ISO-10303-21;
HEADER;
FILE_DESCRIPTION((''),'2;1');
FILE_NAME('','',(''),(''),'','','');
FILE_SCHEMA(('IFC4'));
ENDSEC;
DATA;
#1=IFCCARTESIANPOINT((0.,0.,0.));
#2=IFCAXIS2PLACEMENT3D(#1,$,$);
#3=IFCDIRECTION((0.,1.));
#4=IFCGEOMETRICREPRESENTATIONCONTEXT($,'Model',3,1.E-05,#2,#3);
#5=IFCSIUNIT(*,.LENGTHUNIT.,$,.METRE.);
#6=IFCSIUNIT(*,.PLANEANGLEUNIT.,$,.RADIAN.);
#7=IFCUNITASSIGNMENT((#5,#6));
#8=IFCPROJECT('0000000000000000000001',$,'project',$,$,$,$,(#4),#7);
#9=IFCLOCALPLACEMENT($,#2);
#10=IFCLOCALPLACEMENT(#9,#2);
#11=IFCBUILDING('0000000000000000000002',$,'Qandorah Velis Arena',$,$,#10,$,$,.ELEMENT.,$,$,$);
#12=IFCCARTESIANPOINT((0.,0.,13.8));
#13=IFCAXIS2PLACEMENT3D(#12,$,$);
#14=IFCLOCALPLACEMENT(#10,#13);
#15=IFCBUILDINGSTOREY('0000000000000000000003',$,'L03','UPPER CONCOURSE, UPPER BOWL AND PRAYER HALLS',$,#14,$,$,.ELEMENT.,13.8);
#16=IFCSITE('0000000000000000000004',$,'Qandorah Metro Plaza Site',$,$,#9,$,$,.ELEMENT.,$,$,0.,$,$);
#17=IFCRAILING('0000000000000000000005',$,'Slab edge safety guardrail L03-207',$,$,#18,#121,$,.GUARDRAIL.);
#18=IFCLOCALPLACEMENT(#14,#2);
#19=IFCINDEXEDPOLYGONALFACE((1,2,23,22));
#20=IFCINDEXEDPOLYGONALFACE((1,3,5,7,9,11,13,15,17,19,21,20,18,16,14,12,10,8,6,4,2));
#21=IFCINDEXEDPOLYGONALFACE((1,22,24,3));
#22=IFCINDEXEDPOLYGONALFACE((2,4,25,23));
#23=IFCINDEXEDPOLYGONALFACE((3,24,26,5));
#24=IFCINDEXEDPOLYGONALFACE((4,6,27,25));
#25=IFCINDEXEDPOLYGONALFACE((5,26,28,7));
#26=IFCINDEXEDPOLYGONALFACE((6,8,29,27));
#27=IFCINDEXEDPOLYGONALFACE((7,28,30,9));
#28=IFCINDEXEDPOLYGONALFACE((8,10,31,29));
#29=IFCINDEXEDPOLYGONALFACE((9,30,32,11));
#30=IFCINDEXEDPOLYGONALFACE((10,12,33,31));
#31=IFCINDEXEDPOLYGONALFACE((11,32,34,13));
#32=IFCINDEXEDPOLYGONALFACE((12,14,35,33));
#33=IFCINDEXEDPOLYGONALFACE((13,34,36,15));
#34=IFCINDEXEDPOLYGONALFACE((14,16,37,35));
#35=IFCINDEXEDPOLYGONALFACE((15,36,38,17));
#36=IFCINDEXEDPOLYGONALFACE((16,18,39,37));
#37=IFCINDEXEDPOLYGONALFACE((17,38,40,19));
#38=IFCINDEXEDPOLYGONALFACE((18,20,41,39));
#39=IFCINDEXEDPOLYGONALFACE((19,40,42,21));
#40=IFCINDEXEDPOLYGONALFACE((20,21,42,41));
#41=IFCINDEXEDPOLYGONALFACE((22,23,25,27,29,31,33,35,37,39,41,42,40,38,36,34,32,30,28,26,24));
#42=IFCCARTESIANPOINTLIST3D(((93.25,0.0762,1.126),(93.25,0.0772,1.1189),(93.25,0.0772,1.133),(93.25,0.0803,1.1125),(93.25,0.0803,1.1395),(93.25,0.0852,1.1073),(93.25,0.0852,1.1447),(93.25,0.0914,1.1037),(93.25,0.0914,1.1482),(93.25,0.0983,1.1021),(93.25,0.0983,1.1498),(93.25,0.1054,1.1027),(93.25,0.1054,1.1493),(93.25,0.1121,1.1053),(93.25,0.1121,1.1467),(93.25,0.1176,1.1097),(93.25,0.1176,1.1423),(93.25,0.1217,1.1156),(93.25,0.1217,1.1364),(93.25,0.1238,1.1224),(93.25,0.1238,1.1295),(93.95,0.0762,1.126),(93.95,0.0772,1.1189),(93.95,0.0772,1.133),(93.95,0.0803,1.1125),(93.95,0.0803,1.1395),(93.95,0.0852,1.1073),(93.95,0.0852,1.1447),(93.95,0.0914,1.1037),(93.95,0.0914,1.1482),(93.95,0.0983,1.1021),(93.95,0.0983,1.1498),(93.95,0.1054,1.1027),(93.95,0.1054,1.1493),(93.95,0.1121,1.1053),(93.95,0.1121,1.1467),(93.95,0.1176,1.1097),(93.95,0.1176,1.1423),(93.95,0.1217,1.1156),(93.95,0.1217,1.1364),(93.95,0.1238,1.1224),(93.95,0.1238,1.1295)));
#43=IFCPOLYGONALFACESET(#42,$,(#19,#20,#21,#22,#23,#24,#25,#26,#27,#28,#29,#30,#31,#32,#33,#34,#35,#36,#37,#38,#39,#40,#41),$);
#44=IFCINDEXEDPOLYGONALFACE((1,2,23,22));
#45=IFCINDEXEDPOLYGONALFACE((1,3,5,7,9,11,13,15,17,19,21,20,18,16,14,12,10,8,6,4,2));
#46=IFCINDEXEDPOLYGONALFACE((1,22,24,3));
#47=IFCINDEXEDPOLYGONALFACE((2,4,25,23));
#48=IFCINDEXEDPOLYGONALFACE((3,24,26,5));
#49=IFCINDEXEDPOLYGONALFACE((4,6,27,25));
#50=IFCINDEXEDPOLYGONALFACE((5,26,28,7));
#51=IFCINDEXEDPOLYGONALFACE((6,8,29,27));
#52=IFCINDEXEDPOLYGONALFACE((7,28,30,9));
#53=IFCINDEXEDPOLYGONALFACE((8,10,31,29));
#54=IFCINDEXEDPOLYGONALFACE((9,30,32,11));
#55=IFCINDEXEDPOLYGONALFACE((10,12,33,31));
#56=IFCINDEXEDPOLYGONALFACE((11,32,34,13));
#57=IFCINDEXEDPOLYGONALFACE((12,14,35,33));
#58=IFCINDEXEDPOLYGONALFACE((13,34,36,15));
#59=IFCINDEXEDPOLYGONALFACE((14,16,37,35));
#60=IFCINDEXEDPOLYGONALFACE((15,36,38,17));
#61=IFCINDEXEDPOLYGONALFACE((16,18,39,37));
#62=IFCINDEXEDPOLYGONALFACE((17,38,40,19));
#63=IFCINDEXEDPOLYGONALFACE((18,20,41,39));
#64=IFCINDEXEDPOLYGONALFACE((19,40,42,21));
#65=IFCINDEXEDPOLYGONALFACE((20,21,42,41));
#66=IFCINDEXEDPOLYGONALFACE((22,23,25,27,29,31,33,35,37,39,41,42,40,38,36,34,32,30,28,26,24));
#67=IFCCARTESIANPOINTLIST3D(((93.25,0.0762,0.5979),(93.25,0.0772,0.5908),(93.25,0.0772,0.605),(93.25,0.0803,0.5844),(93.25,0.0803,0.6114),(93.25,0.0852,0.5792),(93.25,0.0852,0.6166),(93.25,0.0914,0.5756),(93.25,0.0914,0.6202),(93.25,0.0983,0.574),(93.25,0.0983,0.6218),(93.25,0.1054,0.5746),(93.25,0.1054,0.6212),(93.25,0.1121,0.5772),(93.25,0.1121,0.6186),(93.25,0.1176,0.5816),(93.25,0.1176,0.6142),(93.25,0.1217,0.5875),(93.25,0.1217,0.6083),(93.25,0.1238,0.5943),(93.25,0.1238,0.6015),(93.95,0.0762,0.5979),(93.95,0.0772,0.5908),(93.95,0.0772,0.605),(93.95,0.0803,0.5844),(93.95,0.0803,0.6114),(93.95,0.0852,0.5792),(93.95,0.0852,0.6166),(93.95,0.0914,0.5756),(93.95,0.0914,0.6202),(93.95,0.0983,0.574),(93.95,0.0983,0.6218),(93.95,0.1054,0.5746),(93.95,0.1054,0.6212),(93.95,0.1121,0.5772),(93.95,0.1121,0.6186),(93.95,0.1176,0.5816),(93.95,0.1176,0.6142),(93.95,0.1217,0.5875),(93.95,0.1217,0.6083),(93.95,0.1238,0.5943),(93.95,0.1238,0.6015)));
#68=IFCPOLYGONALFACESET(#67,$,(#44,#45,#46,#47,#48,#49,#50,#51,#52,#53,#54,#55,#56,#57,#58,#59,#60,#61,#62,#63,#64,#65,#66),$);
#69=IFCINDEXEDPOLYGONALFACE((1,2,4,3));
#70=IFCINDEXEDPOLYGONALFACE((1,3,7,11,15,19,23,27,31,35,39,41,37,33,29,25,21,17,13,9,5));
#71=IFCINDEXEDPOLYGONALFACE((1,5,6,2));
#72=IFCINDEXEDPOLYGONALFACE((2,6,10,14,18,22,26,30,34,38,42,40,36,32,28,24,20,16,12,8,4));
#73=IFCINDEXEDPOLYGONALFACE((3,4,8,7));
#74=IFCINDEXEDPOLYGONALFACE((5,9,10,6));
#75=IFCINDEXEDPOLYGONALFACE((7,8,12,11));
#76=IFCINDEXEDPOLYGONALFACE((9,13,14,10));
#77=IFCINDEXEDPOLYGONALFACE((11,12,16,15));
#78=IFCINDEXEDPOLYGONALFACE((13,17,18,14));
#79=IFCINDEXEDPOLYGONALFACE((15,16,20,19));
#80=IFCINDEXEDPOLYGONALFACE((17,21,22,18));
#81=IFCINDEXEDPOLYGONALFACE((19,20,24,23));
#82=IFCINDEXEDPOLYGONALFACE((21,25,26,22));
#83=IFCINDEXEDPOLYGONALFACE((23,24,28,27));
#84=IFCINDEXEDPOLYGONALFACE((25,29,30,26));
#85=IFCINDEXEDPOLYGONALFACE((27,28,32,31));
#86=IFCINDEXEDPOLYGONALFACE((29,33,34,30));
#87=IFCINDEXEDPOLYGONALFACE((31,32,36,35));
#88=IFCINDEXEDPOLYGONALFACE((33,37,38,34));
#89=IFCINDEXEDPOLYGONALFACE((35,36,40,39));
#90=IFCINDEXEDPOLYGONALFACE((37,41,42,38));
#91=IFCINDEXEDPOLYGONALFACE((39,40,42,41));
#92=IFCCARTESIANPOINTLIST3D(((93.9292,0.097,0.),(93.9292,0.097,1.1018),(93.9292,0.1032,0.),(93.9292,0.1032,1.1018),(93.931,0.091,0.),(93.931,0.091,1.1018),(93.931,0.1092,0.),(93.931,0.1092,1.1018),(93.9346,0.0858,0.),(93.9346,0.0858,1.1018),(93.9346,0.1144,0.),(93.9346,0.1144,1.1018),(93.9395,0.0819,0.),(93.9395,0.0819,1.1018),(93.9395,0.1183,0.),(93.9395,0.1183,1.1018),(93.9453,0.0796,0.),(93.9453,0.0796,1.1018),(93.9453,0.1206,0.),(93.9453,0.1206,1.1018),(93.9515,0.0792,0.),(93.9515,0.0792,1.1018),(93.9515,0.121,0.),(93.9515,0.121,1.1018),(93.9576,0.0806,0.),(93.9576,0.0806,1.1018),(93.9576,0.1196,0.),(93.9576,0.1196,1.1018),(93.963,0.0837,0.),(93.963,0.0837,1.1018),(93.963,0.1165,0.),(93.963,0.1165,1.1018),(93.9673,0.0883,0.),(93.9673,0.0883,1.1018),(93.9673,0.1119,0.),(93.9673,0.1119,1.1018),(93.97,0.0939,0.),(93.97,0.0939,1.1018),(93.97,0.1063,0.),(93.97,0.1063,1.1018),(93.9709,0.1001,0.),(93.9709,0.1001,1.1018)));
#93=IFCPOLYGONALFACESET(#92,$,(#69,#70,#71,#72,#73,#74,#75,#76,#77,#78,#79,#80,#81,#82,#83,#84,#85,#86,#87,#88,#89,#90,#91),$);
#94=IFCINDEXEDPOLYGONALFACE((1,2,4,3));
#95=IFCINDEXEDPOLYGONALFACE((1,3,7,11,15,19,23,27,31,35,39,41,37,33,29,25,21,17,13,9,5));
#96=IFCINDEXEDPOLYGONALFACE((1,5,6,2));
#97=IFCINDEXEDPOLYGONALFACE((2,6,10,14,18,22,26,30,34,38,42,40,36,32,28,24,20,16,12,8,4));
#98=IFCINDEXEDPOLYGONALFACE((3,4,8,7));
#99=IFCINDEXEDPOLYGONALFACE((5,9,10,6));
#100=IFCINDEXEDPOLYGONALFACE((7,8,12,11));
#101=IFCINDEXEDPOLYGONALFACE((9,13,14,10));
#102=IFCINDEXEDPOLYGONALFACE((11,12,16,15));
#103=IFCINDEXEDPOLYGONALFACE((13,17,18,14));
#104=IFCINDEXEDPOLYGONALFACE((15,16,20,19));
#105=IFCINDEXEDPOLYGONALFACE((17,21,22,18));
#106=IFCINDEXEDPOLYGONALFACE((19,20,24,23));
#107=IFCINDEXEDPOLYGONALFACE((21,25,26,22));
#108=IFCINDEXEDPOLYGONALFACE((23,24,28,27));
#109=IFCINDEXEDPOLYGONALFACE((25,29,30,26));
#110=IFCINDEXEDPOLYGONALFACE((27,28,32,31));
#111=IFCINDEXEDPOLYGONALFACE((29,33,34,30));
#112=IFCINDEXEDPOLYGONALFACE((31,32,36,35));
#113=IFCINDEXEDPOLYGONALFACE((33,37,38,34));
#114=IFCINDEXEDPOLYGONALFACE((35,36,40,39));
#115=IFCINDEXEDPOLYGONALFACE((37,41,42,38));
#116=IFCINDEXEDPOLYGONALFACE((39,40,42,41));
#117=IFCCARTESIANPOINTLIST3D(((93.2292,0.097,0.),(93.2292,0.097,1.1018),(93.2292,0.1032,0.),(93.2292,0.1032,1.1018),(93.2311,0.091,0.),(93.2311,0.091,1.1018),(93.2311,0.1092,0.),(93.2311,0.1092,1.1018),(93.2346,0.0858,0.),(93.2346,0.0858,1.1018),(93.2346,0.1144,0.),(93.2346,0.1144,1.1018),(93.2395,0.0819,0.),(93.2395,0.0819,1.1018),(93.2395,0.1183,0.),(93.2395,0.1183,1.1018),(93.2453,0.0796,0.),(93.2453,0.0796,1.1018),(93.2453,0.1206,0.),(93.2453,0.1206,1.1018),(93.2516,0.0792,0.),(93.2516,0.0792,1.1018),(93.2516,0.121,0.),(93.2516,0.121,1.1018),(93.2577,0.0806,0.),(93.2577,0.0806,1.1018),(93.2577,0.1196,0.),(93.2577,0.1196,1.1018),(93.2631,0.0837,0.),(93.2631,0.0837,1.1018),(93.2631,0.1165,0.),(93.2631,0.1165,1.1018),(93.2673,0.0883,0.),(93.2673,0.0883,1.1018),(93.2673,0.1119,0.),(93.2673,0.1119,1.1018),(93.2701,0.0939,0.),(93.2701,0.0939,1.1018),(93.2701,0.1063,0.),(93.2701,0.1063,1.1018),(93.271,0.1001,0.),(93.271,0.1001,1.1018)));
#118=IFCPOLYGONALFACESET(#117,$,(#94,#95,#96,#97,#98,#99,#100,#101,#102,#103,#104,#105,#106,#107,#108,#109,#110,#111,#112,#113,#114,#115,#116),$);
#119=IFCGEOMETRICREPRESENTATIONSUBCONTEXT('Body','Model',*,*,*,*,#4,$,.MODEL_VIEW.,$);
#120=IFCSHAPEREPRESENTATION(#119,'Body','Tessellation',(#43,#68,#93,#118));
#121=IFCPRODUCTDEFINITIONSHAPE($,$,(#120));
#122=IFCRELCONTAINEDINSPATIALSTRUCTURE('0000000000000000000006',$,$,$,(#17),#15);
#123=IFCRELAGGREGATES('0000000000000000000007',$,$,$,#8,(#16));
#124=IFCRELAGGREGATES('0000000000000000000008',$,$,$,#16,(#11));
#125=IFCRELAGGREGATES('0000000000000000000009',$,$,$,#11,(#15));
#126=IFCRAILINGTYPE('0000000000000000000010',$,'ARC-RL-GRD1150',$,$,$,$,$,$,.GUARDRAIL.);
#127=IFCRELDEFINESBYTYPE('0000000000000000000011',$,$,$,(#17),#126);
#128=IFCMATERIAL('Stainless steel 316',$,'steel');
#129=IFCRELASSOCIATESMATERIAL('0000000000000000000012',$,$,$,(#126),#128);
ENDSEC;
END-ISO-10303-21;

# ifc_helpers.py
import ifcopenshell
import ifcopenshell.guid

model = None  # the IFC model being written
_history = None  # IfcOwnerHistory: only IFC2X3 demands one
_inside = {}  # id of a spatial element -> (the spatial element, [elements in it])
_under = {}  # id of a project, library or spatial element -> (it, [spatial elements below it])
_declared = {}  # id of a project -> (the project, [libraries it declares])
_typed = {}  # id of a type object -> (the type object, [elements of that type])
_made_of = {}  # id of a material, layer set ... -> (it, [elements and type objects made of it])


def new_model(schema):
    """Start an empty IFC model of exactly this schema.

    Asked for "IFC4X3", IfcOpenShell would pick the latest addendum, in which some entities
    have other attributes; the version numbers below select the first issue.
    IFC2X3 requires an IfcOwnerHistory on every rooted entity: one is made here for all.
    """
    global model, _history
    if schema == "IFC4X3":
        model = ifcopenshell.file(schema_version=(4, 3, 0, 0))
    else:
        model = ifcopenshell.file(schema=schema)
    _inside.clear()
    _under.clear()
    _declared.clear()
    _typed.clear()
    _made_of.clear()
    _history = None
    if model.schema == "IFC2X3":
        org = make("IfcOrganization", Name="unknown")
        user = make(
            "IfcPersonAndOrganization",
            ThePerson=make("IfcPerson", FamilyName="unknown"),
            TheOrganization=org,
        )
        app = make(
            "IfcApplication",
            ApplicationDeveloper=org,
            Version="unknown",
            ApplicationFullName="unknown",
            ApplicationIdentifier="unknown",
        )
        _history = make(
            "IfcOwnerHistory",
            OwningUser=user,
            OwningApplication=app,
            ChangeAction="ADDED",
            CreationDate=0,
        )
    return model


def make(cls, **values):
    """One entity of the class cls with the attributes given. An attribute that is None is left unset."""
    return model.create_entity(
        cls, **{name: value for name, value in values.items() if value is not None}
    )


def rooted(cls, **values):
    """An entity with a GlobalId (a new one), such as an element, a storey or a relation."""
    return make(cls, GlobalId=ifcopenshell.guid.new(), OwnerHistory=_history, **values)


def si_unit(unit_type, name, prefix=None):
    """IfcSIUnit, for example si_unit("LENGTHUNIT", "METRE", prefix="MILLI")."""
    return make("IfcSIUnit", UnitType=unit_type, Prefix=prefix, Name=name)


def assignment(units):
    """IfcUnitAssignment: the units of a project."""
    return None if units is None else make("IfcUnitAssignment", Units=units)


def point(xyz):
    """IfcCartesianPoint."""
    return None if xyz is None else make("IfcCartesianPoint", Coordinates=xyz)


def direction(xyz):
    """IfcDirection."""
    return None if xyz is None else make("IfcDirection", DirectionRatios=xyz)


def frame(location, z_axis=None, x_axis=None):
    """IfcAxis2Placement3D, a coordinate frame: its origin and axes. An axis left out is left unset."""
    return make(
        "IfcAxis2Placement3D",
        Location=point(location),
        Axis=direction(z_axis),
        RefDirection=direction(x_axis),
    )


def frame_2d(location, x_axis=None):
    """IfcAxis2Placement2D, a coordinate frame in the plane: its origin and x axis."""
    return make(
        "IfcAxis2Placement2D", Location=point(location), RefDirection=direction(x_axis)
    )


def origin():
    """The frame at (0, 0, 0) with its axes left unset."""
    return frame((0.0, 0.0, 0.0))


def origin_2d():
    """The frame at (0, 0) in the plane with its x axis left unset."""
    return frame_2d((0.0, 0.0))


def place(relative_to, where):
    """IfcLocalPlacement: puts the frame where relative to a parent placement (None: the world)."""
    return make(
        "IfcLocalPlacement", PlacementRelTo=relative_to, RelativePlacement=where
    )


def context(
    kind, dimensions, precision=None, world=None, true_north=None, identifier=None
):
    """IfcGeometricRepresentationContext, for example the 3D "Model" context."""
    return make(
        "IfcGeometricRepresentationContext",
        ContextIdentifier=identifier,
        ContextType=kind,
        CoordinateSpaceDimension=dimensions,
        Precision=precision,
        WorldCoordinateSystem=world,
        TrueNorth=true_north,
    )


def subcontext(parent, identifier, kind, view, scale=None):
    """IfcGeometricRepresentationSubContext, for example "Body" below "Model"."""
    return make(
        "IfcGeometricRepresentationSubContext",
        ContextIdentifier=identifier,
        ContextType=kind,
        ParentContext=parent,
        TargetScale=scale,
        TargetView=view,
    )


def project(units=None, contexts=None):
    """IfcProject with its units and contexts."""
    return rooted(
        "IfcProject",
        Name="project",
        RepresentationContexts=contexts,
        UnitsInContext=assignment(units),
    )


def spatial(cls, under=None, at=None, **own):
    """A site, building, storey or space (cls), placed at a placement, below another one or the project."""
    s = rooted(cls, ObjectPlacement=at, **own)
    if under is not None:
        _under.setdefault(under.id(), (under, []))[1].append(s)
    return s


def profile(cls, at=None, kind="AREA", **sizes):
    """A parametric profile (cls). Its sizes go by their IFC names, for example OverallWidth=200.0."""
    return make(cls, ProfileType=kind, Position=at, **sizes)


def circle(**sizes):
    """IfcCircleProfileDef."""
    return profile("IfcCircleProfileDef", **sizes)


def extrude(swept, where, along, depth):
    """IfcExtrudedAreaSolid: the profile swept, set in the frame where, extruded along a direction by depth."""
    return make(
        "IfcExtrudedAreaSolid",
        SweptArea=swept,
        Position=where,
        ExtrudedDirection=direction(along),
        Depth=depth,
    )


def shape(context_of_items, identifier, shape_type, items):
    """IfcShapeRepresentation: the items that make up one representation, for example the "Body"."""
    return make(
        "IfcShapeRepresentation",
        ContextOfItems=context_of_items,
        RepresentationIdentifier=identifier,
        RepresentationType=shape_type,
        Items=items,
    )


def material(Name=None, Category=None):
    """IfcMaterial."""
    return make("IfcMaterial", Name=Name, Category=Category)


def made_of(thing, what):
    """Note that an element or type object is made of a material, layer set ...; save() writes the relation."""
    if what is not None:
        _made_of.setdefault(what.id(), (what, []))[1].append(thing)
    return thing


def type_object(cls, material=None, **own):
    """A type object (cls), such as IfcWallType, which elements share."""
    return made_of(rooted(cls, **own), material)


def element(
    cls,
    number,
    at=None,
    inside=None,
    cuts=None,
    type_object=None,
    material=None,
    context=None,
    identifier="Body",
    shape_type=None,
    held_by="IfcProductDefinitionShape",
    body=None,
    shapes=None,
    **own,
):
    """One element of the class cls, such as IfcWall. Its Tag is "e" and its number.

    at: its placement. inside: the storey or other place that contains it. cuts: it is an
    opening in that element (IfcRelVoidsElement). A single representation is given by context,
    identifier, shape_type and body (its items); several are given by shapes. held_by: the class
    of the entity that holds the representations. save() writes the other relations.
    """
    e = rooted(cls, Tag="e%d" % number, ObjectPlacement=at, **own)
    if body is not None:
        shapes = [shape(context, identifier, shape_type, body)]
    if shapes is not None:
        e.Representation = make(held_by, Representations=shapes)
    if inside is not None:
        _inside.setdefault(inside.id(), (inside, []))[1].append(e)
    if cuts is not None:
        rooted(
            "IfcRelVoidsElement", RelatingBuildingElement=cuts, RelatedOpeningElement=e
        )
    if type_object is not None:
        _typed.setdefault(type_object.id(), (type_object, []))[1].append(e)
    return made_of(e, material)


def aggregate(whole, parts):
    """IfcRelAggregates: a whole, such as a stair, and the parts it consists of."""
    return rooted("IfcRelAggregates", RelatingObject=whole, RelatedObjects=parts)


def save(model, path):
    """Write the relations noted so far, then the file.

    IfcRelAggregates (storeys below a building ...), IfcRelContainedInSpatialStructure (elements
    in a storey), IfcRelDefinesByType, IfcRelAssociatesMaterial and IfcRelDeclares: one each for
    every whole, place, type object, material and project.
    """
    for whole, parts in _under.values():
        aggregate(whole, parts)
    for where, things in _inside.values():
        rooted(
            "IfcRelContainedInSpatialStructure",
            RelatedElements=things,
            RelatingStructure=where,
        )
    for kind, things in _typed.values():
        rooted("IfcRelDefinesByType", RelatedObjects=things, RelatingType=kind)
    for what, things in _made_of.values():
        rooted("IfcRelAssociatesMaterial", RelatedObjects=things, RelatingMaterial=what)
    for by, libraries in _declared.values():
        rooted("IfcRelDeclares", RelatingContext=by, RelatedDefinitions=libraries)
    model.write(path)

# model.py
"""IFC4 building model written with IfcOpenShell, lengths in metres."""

from ifc_helpers import new_model, si_unit, direction, frame, origin, origin_2d, place, context, subcontext, project, spatial, circle, extrude, material, type_object, element, save


model = new_model("IFC4")

# Units and contexts
model_context = context("Model", 3, precision=1e-05, world=origin(), true_north=direction((0.0, 1.0)))
body_context = subcontext(model_context, "Body", "Model", "MODEL_VIEW")
ifc_project = project(units=[si_unit("LENGTHUNIT", "METRE"), si_unit("PLANEANGLEUNIT", "RADIAN")], contexts=[model_context])

# Site, building, storey
site_placement = place(None, origin())
site = spatial("IfcSite", under=ifc_project, at=site_placement, Name="Qandorah Metro Plaza Site", CompositionType="ELEMENT", RefElevation=0.0)
building_placement = place(site_placement, origin())
building = spatial("IfcBuilding", under=site, at=building_placement, Name="Qandorah Velis Arena", CompositionType="ELEMENT")
storey_placement = place(building_placement, frame((0.0, 0.0, 13.8)))
storey = spatial("IfcBuildingStorey", under=building, at=storey_placement, Name="L03", Description="UPPER CONCOURSE, UPPER BOWL AND PRAYER HALLS", CompositionType="ELEMENT", Elevation=13.8)

# Railing
ifc_material_1 = material(Name="Stainless steel 316", Category="steel")
railing_type = type_object("IfcRailingType", Name="ARC-RL-GRD1150", PredefinedType="GUARDRAIL", material=ifc_material_1)
railing_1_placement = place(storey_placement, frame((93.95, 0.1001, 0.0)))
element("IfcRailing", 1, at=railing_1_placement, inside=storey, type_object=railing_type, Name="Slab edge safety guardrail L03-207", PredefinedType="GUARDRAIL", context=body_context, shape_type="SweptSolid", body=[
    extrude(circle(Radius=0.0239, at=origin_2d()), frame((0.0, 0.0, 1.126), z_axis=(-1.0, 0.0, 0.0), x_axis=(0.0, -1.0, 0.0)), (0.0, 0.0, 1.0), 0.7),
    extrude(circle(Radius=0.0239, at=origin_2d()), frame((0.0, 0.0, 0.5979), z_axis=(-1.0, 0.0, 0.0), x_axis=(0.0, -1.0, 0.0)), (0.0, 0.0, 1.0), 0.7),
    extrude(circle(Radius=0.021, at=origin_2d()), origin(), (0.0, 0.0, 1.0), 1.1018),
    extrude(circle(Radius=0.021, at=origin_2d()), frame((-0.7, 0.0, 0.0)), (0.0, 0.0, 1.0), 1.1018),
])

save(model, "model.ifc")
